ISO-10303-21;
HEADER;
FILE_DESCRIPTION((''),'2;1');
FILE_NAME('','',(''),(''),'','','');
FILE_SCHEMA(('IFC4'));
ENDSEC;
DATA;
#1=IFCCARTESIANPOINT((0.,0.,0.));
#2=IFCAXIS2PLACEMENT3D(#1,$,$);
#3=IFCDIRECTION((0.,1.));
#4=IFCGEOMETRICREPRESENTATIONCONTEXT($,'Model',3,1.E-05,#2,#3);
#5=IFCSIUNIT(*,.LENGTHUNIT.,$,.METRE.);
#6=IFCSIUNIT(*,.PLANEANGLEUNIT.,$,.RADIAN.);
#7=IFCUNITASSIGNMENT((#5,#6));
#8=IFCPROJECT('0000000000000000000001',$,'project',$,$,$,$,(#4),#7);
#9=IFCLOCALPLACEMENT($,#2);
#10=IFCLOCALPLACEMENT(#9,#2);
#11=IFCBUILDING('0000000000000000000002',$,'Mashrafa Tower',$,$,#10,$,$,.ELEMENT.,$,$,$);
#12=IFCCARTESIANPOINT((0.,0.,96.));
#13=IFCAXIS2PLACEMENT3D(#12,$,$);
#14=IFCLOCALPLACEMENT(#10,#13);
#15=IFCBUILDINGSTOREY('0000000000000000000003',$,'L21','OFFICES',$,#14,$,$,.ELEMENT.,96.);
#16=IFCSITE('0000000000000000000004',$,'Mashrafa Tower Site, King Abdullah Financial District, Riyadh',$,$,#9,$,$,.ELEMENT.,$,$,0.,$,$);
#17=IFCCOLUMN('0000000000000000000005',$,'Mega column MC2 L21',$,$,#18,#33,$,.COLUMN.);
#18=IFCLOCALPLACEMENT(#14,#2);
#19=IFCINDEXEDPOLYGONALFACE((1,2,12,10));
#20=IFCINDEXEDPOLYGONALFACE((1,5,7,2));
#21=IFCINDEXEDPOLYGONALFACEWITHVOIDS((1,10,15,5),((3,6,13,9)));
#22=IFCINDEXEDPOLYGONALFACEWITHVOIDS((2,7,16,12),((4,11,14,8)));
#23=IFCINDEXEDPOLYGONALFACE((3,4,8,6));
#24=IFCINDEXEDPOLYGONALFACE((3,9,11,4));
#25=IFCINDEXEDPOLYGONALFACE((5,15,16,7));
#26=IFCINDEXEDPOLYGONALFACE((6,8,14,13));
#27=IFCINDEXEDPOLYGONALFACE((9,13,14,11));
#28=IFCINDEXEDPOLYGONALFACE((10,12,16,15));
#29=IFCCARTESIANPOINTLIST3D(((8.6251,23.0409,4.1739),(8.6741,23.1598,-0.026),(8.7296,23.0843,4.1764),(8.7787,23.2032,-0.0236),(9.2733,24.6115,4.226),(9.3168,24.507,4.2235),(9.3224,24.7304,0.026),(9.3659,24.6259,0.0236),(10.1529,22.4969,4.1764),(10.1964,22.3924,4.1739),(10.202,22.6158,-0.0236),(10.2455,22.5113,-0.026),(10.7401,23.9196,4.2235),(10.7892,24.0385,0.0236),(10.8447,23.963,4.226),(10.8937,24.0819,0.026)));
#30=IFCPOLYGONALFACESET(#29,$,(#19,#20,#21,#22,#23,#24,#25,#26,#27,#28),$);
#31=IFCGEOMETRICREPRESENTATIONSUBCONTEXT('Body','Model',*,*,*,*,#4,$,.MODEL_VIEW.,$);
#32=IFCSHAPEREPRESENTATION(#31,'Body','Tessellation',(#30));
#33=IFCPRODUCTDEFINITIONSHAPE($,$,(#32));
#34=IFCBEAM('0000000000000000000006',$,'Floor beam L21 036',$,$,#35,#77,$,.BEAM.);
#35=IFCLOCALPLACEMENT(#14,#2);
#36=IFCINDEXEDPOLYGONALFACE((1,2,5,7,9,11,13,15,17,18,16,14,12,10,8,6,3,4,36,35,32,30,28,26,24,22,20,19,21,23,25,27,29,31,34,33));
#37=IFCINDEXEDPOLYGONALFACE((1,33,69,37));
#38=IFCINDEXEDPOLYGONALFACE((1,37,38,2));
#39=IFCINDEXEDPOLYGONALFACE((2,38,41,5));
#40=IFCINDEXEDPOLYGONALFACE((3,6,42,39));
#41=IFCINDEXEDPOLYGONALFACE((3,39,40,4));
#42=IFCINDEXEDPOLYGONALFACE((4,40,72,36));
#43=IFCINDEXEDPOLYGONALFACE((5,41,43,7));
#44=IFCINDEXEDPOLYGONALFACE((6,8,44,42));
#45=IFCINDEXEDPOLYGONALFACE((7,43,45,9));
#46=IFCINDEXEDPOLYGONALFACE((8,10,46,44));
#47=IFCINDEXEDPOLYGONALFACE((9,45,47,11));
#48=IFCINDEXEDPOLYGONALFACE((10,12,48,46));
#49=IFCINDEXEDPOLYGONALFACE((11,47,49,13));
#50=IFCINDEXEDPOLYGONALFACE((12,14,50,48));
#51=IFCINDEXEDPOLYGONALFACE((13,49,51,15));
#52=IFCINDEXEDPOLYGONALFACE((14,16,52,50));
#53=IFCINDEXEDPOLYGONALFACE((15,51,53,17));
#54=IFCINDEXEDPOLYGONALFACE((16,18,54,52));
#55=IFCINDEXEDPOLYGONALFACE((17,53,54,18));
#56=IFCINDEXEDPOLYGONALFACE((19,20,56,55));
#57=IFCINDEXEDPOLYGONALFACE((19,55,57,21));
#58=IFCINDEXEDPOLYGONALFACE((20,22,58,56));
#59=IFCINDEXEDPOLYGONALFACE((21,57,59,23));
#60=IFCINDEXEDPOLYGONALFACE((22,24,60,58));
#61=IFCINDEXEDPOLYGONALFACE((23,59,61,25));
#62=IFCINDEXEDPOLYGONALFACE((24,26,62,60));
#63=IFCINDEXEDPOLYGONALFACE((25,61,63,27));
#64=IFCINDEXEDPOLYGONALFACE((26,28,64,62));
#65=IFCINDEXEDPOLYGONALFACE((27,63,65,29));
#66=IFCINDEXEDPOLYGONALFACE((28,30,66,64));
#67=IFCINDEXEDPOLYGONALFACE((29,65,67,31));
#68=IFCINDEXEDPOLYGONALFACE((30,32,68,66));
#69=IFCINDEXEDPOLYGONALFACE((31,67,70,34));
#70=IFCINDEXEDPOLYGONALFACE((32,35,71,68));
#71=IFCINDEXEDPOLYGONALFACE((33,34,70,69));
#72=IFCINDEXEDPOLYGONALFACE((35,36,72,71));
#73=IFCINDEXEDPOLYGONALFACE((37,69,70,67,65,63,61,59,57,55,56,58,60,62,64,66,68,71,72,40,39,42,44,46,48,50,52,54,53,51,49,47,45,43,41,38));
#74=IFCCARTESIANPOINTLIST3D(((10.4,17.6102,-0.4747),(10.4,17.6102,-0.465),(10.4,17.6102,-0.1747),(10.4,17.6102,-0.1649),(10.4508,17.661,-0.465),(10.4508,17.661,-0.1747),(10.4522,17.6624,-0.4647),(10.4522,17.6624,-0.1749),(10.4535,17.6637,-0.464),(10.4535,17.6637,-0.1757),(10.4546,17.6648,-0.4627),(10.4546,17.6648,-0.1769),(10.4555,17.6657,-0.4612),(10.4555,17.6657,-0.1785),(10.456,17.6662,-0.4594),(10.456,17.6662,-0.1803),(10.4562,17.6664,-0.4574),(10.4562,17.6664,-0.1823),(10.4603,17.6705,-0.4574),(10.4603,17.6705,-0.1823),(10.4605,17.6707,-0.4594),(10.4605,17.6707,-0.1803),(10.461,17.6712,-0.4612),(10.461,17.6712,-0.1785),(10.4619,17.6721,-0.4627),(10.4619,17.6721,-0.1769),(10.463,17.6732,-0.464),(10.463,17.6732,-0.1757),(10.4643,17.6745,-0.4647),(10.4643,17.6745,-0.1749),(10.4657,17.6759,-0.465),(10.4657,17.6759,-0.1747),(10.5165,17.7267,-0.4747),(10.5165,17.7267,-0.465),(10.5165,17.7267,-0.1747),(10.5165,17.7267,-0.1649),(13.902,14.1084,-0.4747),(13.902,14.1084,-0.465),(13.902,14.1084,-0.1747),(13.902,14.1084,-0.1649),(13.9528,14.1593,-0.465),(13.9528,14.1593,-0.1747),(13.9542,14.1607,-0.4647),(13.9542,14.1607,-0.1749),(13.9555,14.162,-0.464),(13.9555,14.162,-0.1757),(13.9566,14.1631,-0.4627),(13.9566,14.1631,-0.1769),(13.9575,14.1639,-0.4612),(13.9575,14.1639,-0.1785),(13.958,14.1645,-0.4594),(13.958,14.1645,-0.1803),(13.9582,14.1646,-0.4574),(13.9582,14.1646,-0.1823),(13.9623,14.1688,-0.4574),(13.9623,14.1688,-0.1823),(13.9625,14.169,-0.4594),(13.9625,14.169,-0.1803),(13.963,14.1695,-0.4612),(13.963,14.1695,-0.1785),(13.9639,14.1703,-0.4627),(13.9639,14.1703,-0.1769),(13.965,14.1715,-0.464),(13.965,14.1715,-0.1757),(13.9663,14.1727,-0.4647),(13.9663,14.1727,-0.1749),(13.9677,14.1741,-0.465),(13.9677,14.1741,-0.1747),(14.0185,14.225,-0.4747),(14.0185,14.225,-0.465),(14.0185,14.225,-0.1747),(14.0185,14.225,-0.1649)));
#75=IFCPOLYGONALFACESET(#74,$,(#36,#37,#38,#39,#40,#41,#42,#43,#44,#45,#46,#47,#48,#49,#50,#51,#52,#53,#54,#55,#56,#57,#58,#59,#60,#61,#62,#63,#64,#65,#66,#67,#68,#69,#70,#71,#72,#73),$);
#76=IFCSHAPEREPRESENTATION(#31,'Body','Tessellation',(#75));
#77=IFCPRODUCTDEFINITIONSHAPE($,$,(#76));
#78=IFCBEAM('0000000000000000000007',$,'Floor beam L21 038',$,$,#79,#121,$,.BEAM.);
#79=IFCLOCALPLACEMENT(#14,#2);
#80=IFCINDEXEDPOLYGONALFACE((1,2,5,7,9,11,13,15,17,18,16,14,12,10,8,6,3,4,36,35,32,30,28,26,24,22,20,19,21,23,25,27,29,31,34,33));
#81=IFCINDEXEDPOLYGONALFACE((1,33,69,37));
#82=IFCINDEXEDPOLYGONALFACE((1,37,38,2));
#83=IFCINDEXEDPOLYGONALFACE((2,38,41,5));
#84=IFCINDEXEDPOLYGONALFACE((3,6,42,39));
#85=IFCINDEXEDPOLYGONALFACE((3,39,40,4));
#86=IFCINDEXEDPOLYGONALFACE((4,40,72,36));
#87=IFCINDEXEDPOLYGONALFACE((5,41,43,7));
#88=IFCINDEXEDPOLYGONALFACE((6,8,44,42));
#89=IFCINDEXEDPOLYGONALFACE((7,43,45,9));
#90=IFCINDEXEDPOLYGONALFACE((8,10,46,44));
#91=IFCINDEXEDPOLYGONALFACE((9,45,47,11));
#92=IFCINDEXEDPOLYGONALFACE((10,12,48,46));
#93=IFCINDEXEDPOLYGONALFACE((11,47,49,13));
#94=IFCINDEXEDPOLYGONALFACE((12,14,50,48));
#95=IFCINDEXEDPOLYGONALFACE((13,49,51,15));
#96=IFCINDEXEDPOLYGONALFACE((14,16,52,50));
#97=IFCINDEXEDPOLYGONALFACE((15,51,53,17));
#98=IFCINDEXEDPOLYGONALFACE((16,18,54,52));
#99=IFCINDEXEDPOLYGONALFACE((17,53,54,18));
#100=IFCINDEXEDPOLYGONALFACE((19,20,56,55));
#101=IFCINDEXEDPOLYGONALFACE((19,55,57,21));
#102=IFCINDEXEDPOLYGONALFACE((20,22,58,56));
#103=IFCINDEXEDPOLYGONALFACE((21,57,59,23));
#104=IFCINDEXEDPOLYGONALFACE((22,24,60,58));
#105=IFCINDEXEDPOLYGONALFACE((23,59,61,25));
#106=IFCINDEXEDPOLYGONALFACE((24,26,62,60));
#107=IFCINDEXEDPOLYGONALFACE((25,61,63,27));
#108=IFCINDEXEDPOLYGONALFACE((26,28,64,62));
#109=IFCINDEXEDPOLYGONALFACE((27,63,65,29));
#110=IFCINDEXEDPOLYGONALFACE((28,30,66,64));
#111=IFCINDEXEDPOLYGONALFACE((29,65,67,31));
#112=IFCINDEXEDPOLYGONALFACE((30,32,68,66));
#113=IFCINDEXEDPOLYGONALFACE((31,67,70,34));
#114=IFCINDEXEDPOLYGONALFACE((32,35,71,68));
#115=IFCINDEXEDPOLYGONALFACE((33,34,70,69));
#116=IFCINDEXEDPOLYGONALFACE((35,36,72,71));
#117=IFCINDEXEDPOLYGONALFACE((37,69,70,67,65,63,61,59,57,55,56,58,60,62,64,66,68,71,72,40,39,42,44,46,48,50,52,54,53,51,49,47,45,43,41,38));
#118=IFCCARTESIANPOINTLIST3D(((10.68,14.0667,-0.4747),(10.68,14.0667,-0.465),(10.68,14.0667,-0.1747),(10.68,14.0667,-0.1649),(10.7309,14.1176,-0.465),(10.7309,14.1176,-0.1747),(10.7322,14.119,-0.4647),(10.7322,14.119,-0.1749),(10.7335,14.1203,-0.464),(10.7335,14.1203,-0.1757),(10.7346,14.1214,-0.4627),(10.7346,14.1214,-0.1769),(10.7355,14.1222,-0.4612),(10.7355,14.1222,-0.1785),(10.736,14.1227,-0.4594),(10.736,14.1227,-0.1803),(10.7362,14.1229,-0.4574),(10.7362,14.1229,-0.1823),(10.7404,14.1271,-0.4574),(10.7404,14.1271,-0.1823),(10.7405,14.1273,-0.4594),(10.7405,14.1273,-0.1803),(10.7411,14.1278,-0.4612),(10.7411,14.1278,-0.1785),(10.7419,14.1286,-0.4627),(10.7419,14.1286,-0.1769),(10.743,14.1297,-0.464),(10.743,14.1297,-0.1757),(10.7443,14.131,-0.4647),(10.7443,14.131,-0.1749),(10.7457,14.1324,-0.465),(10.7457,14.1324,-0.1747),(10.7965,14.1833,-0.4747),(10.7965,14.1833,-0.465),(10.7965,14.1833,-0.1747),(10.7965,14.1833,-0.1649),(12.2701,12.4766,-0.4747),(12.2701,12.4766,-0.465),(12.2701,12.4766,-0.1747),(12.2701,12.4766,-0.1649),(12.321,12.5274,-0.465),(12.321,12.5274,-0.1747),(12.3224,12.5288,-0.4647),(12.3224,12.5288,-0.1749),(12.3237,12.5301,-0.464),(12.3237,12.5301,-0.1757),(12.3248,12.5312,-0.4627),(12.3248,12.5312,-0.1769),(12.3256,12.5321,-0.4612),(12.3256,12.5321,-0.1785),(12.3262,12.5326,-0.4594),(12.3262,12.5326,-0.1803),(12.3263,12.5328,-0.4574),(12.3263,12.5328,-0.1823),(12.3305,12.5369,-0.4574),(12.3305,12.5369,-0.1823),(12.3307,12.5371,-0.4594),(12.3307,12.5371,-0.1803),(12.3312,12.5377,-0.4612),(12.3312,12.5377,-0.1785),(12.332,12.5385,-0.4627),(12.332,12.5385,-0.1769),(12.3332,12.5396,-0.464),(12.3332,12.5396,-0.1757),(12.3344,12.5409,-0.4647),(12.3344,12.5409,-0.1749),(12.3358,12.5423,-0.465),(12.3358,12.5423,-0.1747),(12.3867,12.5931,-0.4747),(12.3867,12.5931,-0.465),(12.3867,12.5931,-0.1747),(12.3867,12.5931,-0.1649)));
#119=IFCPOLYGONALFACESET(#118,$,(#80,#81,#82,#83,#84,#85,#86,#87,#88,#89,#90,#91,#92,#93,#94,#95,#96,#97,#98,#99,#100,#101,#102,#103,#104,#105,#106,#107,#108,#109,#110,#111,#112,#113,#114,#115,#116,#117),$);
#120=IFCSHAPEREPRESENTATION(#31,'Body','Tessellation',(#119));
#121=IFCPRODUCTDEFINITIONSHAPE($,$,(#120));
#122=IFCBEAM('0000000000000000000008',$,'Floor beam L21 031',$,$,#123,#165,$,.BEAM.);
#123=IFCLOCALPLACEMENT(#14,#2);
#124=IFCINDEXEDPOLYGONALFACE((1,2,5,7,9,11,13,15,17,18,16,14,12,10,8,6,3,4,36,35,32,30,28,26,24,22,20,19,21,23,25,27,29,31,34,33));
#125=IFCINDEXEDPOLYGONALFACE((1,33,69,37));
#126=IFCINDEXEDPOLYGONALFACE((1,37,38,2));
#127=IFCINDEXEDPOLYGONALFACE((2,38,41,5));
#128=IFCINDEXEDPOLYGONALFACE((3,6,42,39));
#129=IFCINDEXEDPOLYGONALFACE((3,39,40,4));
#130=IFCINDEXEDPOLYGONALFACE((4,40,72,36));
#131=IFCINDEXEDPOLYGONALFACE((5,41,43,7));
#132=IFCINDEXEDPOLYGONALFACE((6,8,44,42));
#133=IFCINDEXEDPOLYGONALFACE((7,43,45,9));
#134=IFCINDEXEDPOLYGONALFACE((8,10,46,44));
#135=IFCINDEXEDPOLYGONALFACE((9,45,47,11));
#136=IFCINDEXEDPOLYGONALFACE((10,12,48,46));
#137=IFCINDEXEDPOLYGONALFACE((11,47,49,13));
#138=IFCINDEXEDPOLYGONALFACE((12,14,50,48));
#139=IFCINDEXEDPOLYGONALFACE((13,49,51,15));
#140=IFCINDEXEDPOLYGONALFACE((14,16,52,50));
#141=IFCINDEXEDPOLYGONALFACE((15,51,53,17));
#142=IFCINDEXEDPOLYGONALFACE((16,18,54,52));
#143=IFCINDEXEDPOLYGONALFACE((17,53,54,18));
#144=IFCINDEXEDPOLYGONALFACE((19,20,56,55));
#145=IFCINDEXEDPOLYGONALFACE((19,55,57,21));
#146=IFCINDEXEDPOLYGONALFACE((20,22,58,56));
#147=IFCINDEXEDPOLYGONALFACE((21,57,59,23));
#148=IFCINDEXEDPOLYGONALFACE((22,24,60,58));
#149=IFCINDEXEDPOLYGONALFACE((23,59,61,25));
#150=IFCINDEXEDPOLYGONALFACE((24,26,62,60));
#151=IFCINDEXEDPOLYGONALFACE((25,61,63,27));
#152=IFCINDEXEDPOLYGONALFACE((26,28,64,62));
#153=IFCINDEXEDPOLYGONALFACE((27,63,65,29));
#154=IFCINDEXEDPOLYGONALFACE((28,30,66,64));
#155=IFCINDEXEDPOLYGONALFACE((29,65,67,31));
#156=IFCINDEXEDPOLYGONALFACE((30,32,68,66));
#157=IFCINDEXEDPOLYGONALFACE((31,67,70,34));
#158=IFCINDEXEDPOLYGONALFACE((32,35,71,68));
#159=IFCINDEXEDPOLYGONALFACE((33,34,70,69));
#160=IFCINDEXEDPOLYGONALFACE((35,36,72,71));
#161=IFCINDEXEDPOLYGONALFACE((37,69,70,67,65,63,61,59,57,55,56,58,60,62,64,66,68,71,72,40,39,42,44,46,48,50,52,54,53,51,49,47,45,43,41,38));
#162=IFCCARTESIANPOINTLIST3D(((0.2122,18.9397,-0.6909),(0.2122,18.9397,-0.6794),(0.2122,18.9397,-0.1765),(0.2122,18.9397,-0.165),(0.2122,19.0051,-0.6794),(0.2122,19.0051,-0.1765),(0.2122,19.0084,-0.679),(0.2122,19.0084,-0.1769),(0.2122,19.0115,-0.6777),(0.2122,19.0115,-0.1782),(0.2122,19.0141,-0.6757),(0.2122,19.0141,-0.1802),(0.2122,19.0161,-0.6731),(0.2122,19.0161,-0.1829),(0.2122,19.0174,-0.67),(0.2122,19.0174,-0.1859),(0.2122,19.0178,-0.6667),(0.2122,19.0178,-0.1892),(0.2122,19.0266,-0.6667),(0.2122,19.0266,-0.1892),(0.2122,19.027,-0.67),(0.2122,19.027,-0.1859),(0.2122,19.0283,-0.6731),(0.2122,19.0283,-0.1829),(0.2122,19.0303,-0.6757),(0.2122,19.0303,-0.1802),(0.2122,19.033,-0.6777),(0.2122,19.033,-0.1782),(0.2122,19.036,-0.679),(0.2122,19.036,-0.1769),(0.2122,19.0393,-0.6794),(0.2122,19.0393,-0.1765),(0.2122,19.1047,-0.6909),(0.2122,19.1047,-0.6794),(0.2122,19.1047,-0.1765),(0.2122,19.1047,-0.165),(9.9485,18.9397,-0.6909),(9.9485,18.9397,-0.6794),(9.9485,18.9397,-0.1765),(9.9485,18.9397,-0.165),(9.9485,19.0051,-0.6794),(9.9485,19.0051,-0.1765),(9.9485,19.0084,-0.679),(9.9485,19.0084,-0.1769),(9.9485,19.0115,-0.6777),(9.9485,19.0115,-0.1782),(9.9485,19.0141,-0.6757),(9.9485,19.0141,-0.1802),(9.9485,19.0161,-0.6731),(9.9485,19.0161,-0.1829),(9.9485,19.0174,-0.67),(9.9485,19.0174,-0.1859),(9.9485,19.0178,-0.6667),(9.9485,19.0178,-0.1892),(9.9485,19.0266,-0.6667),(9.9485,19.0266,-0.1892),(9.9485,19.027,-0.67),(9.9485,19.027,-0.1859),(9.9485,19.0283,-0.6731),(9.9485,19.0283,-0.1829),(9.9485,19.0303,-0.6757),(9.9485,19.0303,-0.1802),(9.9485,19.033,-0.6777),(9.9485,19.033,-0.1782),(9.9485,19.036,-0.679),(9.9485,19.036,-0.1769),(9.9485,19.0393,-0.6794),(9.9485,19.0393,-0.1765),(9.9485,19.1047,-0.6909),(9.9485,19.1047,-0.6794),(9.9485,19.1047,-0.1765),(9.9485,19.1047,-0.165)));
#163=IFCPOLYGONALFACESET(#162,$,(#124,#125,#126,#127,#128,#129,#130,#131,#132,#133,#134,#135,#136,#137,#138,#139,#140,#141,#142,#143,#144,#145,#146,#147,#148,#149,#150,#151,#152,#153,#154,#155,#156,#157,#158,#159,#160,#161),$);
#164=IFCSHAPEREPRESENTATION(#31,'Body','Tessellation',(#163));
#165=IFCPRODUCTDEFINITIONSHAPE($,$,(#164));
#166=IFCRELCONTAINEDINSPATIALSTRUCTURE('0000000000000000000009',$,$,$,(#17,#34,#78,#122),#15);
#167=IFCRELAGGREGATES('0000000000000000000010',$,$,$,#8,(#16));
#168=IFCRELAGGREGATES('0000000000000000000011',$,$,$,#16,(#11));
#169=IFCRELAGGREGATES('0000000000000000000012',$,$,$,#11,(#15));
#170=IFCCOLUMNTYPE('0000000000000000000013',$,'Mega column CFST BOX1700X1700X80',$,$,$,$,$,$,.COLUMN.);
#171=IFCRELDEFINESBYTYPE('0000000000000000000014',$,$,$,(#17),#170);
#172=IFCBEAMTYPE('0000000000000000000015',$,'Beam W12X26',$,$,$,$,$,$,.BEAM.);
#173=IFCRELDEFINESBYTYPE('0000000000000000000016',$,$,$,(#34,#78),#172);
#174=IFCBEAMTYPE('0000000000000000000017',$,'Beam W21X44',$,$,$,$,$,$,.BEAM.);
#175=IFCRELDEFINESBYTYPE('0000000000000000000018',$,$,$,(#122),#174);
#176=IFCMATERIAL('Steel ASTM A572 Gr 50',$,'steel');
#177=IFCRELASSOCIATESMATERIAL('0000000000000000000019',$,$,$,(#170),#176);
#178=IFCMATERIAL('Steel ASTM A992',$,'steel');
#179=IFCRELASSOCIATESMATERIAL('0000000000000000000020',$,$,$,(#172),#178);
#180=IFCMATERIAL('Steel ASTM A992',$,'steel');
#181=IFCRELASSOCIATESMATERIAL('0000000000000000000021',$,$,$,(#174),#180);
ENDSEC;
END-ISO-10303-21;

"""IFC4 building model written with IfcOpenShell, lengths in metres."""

from ifc_helpers import new_model, si_unit, direction, frame, origin, origin_2d, place, context, subcontext, project, spatial, hollow_rectangle, i_section, extrude, material, material_profile, profile_set, type_object, element, save


model = new_model("IFC4")

# Units and contexts
model_context = context("Model", 3, precision=1e-05, world=origin(), true_north=direction((0.0, 1.0)))
body_context = subcontext(model_context, "Body", "Model", "MODEL_VIEW")
ifc_project = project(units=[si_unit("LENGTHUNIT", "METRE"), si_unit("PLANEANGLEUNIT", "RADIAN")], contexts=[model_context])

# Site, building, storey
site_placement = place(None, origin())
site = spatial("IfcSite", under=ifc_project, at=site_placement, Name="Mashrafa Tower Site, King Abdullah Financial District, Riyadh", CompositionType="ELEMENT", RefElevation=0.0)
building_placement = place(site_placement, origin())
building = spatial("IfcBuilding", under=site, at=building_placement, Name="Mashrafa Tower", CompositionType="ELEMENT")
storey_placement = place(building_placement, frame((0.0, 0.0, 96.0)))
storey = spatial("IfcBuildingStorey", under=building, at=storey_placement, Name="L21", Description="OFFICES", CompositionType="ELEMENT", Elevation=96.0)

# Column
ifc_material_1 = material(Name="Steel ASTM A572 Gr 50", Category="steel")
ifc_material_profile_1 = material_profile(ifc_material_1, hollow_rectangle(XDim=1.7, YDim=1.7, WallThickness=0.0801, at=origin_2d()), Name="BOX1700X1700X80")
ifc_profile_set_1 = profile_set([ifc_material_profile_1], Name="Steel ASTM A572 Gr 50")
column_type = type_object("IfcColumnType", Name="Mega column CFST BOX1700X1700X80", PredefinedType="COLUMN", material=ifc_profile_set_1)
column_placement = place(storey_placement, frame((9.7839, 23.6208, 0.0), z_axis=(-0.011679, -0.028296, 0.999531), x_axis=(0.924363, -0.381513, 0.0)))
element("IfcColumn", 1, at=column_placement, inside=storey, type_object=column_type, Name="Mega column MC2 L21", PredefinedType="COLUMN", context=body_context, shape_type="SweptSolid", body=[
    extrude(hollow_rectangle(XDim=1.7, YDim=1.7, WallThickness=0.0801, at=origin_2d()), origin(), (0.0, 0.0, 1.0), 4.2019),
])

# Beams
ifc_material_2 = material(Name="Steel ASTM A992", Category="steel")
ifc_material_profile_2 = material_profile(ifc_material_2, i_section(OverallWidth=0.1648, OverallDepth=0.3098, WebThickness=0.0059, FlangeThickness=0.0098, FilletRadius=0.0076, at=origin_2d()), Name="W12X26")
ifc_profile_set_2 = profile_set([ifc_material_profile_2], Name="Steel ASTM A992")
beam_type_1 = type_object("IfcBeamType", Name="Beam W12X26", PredefinedType="BEAM", material=ifc_profile_set_2)
beam_1_placement = place(storey_placement, frame((10.4583, 17.6685, -0.3198), z_axis=(0.707131, -0.707082, 0.0), x_axis=(0.707082, 0.707131, 0.0)))
element("IfcBeam", 2, at=beam_1_placement, inside=storey, type_object=beam_type_1, Name="Floor beam L21 036", PredefinedType="BEAM", context=body_context, shape_type="SweptSolid", body=[
    extrude(i_section(OverallWidth=0.1648, OverallDepth=0.3098, WebThickness=0.0059, FlangeThickness=0.0098, FilletRadius=0.0076, at=origin_2d()), origin(), (0.0, 0.0, 1.0), 4.9524),
])
beam_2_placement = place(storey_placement, frame((10.7383, 14.125, -0.3198), z_axis=(0.707107, -0.707107, 0.0), x_axis=(0.707107, 0.707107, 0.0)))
element("IfcBeam", 3, at=beam_2_placement, inside=storey, type_object=beam_type_1, Name="Floor beam L21 038", PredefinedType="BEAM", context=body_context, shape_type="SweptSolid", body=[
    extrude(i_section(OverallWidth=0.1648, OverallDepth=0.3098, WebThickness=0.0059, FlangeThickness=0.0098, FilletRadius=0.0076, at=origin_2d()), origin(), (0.0, 0.0, 1.0), 2.2488),
])
ifc_material_3 = material(Name="Steel ASTM A992", Category="steel")
ifc_material_profile_3 = material_profile(ifc_material_3, i_section(OverallWidth=0.165, OverallDepth=0.5259, WebThickness=0.0088, FlangeThickness=0.0115, FilletRadius=0.0127, at=origin_2d()), Name="W21X44")
ifc_profile_set_3 = profile_set([ifc_material_profile_3], Name="Steel ASTM A992")
beam_type_2 = type_object("IfcBeamType", Name="Beam W21X44", PredefinedType="BEAM", material=ifc_profile_set_3)
beam_3_placement = place(storey_placement, frame((0.2122, 19.0222, -0.428), z_axis=(1.0, 0.0, 0.0), x_axis=(0.0, 1.0, 0.0)))
element("IfcBeam", 4, at=beam_3_placement, inside=storey, type_object=beam_type_2, Name="Floor beam L21 031", PredefinedType="BEAM", context=body_context, shape_type="SweptSolid", body=[
    extrude(i_section(OverallWidth=0.165, OverallDepth=0.5259, WebThickness=0.0088, FlangeThickness=0.0115, FilletRadius=0.0127, at=origin_2d()), origin(), (0.0, 0.0, 1.0), 9.7363),
])

save(model, "model.ifc")
